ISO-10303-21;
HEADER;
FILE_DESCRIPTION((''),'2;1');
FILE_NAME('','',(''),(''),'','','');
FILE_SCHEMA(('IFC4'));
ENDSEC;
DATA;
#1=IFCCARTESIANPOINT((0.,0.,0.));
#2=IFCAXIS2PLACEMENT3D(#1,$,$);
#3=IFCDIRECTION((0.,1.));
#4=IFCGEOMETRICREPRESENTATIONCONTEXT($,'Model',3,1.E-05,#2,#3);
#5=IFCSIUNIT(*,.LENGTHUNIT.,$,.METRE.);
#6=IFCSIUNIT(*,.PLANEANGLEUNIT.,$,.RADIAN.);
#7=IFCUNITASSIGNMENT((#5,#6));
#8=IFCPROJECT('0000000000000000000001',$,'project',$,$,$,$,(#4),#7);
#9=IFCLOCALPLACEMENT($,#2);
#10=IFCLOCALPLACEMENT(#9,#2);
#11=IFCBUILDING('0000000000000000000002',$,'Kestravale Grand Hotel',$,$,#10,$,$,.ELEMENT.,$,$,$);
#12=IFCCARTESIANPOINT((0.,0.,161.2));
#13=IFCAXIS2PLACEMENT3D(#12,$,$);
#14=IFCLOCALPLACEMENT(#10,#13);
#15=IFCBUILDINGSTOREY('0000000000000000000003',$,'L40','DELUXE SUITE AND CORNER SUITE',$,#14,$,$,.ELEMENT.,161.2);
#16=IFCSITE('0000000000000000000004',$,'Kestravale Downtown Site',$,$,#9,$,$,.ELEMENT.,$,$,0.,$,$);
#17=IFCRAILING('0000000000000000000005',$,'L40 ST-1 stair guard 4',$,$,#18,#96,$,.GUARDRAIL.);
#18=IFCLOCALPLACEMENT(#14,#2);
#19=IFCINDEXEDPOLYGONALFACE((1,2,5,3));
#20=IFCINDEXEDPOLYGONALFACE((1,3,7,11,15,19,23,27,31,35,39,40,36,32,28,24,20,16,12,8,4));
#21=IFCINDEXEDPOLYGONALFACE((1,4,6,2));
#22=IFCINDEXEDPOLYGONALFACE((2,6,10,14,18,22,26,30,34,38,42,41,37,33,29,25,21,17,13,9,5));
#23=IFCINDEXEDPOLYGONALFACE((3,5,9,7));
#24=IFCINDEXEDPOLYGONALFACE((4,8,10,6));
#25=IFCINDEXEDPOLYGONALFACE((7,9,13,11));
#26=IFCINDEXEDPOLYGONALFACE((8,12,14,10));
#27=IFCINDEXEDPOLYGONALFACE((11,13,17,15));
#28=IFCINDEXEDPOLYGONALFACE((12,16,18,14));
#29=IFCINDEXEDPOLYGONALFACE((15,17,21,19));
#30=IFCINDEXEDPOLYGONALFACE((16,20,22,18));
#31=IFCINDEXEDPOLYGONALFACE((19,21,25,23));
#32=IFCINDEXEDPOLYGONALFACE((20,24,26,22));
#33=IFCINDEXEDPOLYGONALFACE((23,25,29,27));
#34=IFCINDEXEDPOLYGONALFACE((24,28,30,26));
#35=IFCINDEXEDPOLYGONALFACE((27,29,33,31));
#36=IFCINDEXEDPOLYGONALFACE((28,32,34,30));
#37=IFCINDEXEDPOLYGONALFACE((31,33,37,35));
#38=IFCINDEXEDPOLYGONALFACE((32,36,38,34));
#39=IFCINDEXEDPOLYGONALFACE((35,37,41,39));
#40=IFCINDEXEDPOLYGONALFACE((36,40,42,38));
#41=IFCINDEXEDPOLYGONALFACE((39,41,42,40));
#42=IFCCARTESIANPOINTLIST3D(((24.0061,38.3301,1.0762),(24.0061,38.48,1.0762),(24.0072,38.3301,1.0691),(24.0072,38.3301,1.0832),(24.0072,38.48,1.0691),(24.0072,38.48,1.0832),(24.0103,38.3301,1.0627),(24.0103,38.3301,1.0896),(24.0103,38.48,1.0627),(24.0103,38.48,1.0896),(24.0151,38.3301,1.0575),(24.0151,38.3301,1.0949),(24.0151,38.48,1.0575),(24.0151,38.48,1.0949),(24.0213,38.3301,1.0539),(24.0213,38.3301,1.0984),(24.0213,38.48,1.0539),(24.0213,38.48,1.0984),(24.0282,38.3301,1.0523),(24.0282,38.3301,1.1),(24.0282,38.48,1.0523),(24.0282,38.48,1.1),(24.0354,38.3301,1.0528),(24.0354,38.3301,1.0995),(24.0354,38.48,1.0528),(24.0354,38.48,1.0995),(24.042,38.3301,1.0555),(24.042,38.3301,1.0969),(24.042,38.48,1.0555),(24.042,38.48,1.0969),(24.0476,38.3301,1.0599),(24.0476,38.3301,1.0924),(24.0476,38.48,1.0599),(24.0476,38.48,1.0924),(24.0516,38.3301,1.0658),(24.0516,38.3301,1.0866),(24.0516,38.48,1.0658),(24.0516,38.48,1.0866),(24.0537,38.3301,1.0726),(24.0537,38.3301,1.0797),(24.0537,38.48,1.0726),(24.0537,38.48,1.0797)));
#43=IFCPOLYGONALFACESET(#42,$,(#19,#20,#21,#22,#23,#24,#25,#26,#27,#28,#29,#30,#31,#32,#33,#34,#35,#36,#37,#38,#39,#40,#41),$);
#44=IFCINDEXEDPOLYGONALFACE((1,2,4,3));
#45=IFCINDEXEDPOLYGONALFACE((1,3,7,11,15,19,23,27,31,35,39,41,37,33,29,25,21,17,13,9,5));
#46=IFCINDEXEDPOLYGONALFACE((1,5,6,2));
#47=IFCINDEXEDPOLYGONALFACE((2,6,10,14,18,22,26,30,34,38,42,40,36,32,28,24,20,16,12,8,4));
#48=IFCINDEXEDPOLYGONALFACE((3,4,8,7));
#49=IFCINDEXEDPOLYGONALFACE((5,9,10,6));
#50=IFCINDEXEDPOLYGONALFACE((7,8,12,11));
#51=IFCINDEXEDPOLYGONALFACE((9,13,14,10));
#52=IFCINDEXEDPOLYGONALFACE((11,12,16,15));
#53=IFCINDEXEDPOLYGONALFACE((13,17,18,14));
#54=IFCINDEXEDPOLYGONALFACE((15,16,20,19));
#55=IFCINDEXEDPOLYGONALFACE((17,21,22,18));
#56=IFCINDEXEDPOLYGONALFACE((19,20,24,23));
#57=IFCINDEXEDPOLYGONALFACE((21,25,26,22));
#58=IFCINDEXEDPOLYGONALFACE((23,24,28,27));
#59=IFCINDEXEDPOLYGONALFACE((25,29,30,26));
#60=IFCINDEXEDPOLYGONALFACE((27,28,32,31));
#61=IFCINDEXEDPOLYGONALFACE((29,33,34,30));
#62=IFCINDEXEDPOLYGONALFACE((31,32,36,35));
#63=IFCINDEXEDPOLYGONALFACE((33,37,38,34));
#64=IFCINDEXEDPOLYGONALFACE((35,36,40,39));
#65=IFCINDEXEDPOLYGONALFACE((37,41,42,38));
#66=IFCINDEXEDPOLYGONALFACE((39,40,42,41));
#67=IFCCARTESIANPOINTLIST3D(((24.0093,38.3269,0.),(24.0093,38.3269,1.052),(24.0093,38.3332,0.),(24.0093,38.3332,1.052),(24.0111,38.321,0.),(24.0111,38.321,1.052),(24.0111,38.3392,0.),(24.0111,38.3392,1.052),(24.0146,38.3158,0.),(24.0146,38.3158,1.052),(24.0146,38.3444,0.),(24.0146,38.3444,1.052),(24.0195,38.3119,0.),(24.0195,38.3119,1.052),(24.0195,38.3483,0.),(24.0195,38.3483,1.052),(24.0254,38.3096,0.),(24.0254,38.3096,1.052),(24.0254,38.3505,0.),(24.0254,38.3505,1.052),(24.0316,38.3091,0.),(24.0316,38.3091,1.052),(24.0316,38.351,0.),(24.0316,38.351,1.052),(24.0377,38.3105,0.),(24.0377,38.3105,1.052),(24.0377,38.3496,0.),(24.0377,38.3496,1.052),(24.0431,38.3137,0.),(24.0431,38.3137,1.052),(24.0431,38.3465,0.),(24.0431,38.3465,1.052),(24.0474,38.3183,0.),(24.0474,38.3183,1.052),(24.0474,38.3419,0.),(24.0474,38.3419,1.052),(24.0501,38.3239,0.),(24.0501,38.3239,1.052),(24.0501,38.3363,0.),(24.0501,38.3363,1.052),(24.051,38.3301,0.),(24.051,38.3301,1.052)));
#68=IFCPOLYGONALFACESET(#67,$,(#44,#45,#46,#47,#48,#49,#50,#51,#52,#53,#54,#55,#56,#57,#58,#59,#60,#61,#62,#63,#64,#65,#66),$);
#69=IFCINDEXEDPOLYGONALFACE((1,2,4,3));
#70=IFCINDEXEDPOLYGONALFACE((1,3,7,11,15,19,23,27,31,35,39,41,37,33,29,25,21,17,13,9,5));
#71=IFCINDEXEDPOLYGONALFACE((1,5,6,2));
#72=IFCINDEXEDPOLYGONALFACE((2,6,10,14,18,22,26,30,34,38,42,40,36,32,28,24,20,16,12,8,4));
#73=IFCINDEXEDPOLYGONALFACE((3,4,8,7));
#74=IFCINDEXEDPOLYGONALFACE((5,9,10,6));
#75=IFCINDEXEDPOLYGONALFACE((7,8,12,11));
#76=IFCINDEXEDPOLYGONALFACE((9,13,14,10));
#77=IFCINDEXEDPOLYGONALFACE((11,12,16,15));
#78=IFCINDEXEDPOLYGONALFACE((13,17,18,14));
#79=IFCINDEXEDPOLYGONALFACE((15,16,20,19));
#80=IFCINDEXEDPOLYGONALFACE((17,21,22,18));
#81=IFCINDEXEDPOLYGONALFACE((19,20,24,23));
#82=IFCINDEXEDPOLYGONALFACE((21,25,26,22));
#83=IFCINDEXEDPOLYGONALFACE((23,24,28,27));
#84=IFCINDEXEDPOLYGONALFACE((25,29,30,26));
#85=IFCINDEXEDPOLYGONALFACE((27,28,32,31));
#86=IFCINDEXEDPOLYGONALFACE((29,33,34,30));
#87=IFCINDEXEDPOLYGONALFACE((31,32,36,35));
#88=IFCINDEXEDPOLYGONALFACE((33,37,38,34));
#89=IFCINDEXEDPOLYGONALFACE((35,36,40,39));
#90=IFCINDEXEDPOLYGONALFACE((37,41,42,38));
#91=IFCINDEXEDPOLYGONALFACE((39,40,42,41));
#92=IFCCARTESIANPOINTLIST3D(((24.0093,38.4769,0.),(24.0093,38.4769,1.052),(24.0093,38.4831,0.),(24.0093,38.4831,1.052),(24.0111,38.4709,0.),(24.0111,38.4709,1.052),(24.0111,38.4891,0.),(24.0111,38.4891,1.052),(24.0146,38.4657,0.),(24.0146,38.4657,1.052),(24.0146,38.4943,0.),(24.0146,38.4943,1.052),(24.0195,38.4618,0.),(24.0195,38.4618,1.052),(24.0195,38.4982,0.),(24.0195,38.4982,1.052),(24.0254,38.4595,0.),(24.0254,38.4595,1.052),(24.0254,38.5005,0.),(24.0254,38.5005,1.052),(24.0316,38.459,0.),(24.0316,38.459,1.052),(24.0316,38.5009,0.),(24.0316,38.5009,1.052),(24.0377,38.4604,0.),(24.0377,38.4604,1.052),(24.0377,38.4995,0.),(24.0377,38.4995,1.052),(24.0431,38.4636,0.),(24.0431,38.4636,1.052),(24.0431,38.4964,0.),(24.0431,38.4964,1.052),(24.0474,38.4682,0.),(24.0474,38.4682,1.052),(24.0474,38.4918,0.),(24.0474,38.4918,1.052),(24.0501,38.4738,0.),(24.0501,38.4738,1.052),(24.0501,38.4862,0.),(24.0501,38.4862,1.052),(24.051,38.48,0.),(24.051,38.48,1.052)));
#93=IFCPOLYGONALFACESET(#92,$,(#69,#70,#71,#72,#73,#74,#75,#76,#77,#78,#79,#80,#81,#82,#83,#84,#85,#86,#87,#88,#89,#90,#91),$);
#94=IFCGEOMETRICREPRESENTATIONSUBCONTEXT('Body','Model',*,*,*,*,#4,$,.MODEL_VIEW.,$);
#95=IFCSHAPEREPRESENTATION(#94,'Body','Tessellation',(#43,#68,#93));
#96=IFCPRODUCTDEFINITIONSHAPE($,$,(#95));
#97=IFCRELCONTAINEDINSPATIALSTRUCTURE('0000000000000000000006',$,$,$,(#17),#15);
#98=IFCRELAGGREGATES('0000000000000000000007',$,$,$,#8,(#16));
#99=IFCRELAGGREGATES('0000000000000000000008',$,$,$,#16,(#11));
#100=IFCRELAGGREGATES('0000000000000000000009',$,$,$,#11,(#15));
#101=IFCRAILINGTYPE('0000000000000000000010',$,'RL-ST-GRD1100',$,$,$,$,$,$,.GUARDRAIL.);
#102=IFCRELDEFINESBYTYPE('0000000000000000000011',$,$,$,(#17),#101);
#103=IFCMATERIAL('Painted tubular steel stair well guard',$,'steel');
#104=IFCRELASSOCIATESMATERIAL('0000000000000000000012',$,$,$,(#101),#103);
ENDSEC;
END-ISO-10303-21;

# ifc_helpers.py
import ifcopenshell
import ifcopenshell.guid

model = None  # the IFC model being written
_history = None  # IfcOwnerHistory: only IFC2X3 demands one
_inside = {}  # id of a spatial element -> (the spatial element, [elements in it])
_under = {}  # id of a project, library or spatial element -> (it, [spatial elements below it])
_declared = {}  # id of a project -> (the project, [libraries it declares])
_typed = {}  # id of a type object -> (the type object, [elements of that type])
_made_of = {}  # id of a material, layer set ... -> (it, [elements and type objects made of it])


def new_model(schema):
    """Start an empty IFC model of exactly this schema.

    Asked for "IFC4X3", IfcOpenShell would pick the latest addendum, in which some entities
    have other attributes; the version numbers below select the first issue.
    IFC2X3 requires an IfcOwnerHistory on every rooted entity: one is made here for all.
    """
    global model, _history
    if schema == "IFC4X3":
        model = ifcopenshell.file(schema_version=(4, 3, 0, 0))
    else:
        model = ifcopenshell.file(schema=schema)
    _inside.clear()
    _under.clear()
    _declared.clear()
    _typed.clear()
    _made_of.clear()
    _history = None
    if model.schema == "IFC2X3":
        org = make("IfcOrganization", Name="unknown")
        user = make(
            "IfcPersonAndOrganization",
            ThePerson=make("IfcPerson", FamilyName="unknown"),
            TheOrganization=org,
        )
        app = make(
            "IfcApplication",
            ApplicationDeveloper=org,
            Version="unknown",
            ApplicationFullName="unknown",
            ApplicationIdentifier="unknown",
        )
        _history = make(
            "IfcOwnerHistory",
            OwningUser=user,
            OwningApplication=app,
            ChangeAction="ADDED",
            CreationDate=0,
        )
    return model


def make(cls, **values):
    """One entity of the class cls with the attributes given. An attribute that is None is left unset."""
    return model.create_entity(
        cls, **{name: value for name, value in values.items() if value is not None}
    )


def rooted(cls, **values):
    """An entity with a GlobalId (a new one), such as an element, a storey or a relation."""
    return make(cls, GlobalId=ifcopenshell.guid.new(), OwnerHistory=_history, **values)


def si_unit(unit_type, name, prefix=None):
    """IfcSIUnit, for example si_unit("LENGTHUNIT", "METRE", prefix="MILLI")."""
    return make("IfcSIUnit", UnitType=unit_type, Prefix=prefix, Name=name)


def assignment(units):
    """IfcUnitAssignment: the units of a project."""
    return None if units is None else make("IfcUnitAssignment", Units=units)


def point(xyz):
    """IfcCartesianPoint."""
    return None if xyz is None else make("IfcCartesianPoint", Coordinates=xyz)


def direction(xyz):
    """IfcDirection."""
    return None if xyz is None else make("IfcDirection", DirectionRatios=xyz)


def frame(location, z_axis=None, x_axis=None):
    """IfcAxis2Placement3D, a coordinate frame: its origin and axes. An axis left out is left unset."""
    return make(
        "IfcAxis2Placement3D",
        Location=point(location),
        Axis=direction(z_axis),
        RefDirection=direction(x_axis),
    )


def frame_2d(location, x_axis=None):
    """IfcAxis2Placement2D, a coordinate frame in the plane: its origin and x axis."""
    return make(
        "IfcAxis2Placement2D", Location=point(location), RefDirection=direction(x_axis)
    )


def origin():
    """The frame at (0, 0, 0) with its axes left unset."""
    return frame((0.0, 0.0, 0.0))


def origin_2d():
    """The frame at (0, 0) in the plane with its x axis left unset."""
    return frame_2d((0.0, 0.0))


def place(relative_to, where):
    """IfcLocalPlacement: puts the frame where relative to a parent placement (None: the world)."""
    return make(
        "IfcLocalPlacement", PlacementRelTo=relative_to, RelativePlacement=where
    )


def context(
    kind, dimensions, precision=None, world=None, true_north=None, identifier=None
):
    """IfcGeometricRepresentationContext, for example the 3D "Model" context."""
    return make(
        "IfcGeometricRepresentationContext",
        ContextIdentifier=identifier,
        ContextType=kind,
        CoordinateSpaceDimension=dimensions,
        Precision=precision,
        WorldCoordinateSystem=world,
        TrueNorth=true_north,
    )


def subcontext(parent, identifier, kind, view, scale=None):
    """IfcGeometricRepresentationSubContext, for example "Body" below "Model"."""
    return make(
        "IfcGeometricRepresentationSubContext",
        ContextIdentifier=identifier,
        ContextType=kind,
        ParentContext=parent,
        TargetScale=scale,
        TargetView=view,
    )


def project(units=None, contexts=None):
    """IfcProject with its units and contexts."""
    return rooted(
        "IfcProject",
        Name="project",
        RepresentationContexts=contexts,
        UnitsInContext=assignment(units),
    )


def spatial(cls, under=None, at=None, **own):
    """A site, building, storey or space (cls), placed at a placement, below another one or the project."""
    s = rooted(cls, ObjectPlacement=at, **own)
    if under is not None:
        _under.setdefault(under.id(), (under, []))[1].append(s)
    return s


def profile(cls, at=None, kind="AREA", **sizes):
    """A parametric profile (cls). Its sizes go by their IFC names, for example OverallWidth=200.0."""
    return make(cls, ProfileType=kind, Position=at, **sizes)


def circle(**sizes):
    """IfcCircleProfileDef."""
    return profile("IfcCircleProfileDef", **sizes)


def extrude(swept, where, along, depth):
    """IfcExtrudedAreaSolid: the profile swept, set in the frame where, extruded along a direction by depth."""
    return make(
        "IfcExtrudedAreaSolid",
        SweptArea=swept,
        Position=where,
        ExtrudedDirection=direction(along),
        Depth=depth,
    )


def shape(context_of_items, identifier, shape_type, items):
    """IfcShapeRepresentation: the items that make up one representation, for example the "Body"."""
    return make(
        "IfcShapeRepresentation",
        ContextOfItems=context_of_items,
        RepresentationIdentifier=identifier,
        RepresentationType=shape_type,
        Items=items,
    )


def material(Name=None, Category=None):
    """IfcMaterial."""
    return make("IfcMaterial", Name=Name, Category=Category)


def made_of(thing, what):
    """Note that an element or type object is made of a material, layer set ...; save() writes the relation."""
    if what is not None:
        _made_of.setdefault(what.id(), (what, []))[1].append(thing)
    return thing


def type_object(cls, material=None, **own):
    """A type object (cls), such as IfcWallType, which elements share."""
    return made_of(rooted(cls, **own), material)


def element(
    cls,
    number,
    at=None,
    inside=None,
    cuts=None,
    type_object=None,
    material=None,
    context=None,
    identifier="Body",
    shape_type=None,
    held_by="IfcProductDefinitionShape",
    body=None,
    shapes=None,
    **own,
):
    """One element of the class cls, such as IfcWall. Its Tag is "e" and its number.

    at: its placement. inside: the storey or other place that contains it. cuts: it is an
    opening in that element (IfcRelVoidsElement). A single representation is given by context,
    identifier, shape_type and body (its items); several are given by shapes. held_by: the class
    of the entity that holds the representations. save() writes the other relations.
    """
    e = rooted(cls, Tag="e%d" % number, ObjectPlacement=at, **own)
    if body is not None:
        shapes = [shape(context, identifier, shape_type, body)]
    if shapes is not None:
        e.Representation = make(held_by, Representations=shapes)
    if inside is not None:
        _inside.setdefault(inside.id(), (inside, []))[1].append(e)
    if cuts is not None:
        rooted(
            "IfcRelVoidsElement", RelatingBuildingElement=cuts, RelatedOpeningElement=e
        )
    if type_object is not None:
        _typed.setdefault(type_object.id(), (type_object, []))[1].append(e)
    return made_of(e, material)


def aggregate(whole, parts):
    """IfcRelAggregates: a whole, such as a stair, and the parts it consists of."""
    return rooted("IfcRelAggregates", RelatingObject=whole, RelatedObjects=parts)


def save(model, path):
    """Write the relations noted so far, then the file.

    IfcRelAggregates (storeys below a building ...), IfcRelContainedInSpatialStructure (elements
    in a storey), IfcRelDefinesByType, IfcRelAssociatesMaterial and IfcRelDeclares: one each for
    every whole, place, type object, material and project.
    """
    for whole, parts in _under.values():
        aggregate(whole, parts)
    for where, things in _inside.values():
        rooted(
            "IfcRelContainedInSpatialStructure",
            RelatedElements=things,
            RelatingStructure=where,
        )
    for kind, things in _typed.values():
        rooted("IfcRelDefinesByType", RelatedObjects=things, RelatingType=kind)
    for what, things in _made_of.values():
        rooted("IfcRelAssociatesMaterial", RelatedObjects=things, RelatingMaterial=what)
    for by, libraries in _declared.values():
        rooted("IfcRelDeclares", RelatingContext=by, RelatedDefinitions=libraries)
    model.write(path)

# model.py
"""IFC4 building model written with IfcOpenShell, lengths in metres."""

from ifc_helpers import new_model, si_unit, direction, frame, origin, origin_2d, place, context, subcontext, project, spatial, circle, extrude, material, type_object, element, save


model = new_model("IFC4")

# Units and contexts
model_context = context("Model", 3, precision=1e-05, world=origin(), true_north=direction((0.0, 1.0)))
body_context = subcontext(model_context, "Body", "Model", "MODEL_VIEW")
ifc_project = project(units=[si_unit("LENGTHUNIT", "METRE"), si_unit("PLANEANGLEUNIT", "RADIAN")], contexts=[model_context])

# Site, building, storey
site_placement = place(None, origin())
site = spatial("IfcSite", under=ifc_project, at=site_placement, Name="Kestravale Downtown Site", CompositionType="ELEMENT", RefElevation=0.0)
building_placement = place(site_placement, origin())
building = spatial("IfcBuilding", under=site, at=building_placement, Name="Kestravale Grand Hotel", CompositionType="ELEMENT")
storey_placement = place(building_placement, frame((0.0, 0.0, 161.2)))
storey = spatial("IfcBuildingStorey", under=building, at=storey_placement, Name="L40", Description="DELUXE SUITE AND CORNER SUITE", CompositionType="ELEMENT", Elevation=161.2)

# Railing
ifc_material_1 = material(Name="Painted tubular steel stair well guard", Category="steel")
railing_type_1 = type_object("IfcRailingType", Name="RL-ST-GRD1100", PredefinedType="GUARDRAIL", material=ifc_material_1)
railing_1_placement = place(storey_placement, frame((24.03, 38.3301, 0.0)))
element("IfcRailing", 1, at=railing_1_placement, inside=storey, type_object=railing_type_1, Name="L40 ST-1 stair guard 4", PredefinedType="GUARDRAIL", context=body_context, shape_type="SweptSolid", body=[
    extrude(circle(Radius=0.0239, at=origin_2d()), frame((0.0, 0.0, 1.0762), z_axis=(0.0, 1.0, 0.0), x_axis=(-1.0, 0.0, 0.0)), (0.0, 0.0, 1.0), 0.1499),
    extrude(circle(Radius=0.021, at=origin_2d()), origin(), (0.0, 0.0, 1.0), 1.052),
    extrude(circle(Radius=0.021, at=origin_2d()), frame((0.0, 0.1499, 0.0)), (0.0, 0.0, 1.0), 1.052),
])

save(model, "model.ifc")
